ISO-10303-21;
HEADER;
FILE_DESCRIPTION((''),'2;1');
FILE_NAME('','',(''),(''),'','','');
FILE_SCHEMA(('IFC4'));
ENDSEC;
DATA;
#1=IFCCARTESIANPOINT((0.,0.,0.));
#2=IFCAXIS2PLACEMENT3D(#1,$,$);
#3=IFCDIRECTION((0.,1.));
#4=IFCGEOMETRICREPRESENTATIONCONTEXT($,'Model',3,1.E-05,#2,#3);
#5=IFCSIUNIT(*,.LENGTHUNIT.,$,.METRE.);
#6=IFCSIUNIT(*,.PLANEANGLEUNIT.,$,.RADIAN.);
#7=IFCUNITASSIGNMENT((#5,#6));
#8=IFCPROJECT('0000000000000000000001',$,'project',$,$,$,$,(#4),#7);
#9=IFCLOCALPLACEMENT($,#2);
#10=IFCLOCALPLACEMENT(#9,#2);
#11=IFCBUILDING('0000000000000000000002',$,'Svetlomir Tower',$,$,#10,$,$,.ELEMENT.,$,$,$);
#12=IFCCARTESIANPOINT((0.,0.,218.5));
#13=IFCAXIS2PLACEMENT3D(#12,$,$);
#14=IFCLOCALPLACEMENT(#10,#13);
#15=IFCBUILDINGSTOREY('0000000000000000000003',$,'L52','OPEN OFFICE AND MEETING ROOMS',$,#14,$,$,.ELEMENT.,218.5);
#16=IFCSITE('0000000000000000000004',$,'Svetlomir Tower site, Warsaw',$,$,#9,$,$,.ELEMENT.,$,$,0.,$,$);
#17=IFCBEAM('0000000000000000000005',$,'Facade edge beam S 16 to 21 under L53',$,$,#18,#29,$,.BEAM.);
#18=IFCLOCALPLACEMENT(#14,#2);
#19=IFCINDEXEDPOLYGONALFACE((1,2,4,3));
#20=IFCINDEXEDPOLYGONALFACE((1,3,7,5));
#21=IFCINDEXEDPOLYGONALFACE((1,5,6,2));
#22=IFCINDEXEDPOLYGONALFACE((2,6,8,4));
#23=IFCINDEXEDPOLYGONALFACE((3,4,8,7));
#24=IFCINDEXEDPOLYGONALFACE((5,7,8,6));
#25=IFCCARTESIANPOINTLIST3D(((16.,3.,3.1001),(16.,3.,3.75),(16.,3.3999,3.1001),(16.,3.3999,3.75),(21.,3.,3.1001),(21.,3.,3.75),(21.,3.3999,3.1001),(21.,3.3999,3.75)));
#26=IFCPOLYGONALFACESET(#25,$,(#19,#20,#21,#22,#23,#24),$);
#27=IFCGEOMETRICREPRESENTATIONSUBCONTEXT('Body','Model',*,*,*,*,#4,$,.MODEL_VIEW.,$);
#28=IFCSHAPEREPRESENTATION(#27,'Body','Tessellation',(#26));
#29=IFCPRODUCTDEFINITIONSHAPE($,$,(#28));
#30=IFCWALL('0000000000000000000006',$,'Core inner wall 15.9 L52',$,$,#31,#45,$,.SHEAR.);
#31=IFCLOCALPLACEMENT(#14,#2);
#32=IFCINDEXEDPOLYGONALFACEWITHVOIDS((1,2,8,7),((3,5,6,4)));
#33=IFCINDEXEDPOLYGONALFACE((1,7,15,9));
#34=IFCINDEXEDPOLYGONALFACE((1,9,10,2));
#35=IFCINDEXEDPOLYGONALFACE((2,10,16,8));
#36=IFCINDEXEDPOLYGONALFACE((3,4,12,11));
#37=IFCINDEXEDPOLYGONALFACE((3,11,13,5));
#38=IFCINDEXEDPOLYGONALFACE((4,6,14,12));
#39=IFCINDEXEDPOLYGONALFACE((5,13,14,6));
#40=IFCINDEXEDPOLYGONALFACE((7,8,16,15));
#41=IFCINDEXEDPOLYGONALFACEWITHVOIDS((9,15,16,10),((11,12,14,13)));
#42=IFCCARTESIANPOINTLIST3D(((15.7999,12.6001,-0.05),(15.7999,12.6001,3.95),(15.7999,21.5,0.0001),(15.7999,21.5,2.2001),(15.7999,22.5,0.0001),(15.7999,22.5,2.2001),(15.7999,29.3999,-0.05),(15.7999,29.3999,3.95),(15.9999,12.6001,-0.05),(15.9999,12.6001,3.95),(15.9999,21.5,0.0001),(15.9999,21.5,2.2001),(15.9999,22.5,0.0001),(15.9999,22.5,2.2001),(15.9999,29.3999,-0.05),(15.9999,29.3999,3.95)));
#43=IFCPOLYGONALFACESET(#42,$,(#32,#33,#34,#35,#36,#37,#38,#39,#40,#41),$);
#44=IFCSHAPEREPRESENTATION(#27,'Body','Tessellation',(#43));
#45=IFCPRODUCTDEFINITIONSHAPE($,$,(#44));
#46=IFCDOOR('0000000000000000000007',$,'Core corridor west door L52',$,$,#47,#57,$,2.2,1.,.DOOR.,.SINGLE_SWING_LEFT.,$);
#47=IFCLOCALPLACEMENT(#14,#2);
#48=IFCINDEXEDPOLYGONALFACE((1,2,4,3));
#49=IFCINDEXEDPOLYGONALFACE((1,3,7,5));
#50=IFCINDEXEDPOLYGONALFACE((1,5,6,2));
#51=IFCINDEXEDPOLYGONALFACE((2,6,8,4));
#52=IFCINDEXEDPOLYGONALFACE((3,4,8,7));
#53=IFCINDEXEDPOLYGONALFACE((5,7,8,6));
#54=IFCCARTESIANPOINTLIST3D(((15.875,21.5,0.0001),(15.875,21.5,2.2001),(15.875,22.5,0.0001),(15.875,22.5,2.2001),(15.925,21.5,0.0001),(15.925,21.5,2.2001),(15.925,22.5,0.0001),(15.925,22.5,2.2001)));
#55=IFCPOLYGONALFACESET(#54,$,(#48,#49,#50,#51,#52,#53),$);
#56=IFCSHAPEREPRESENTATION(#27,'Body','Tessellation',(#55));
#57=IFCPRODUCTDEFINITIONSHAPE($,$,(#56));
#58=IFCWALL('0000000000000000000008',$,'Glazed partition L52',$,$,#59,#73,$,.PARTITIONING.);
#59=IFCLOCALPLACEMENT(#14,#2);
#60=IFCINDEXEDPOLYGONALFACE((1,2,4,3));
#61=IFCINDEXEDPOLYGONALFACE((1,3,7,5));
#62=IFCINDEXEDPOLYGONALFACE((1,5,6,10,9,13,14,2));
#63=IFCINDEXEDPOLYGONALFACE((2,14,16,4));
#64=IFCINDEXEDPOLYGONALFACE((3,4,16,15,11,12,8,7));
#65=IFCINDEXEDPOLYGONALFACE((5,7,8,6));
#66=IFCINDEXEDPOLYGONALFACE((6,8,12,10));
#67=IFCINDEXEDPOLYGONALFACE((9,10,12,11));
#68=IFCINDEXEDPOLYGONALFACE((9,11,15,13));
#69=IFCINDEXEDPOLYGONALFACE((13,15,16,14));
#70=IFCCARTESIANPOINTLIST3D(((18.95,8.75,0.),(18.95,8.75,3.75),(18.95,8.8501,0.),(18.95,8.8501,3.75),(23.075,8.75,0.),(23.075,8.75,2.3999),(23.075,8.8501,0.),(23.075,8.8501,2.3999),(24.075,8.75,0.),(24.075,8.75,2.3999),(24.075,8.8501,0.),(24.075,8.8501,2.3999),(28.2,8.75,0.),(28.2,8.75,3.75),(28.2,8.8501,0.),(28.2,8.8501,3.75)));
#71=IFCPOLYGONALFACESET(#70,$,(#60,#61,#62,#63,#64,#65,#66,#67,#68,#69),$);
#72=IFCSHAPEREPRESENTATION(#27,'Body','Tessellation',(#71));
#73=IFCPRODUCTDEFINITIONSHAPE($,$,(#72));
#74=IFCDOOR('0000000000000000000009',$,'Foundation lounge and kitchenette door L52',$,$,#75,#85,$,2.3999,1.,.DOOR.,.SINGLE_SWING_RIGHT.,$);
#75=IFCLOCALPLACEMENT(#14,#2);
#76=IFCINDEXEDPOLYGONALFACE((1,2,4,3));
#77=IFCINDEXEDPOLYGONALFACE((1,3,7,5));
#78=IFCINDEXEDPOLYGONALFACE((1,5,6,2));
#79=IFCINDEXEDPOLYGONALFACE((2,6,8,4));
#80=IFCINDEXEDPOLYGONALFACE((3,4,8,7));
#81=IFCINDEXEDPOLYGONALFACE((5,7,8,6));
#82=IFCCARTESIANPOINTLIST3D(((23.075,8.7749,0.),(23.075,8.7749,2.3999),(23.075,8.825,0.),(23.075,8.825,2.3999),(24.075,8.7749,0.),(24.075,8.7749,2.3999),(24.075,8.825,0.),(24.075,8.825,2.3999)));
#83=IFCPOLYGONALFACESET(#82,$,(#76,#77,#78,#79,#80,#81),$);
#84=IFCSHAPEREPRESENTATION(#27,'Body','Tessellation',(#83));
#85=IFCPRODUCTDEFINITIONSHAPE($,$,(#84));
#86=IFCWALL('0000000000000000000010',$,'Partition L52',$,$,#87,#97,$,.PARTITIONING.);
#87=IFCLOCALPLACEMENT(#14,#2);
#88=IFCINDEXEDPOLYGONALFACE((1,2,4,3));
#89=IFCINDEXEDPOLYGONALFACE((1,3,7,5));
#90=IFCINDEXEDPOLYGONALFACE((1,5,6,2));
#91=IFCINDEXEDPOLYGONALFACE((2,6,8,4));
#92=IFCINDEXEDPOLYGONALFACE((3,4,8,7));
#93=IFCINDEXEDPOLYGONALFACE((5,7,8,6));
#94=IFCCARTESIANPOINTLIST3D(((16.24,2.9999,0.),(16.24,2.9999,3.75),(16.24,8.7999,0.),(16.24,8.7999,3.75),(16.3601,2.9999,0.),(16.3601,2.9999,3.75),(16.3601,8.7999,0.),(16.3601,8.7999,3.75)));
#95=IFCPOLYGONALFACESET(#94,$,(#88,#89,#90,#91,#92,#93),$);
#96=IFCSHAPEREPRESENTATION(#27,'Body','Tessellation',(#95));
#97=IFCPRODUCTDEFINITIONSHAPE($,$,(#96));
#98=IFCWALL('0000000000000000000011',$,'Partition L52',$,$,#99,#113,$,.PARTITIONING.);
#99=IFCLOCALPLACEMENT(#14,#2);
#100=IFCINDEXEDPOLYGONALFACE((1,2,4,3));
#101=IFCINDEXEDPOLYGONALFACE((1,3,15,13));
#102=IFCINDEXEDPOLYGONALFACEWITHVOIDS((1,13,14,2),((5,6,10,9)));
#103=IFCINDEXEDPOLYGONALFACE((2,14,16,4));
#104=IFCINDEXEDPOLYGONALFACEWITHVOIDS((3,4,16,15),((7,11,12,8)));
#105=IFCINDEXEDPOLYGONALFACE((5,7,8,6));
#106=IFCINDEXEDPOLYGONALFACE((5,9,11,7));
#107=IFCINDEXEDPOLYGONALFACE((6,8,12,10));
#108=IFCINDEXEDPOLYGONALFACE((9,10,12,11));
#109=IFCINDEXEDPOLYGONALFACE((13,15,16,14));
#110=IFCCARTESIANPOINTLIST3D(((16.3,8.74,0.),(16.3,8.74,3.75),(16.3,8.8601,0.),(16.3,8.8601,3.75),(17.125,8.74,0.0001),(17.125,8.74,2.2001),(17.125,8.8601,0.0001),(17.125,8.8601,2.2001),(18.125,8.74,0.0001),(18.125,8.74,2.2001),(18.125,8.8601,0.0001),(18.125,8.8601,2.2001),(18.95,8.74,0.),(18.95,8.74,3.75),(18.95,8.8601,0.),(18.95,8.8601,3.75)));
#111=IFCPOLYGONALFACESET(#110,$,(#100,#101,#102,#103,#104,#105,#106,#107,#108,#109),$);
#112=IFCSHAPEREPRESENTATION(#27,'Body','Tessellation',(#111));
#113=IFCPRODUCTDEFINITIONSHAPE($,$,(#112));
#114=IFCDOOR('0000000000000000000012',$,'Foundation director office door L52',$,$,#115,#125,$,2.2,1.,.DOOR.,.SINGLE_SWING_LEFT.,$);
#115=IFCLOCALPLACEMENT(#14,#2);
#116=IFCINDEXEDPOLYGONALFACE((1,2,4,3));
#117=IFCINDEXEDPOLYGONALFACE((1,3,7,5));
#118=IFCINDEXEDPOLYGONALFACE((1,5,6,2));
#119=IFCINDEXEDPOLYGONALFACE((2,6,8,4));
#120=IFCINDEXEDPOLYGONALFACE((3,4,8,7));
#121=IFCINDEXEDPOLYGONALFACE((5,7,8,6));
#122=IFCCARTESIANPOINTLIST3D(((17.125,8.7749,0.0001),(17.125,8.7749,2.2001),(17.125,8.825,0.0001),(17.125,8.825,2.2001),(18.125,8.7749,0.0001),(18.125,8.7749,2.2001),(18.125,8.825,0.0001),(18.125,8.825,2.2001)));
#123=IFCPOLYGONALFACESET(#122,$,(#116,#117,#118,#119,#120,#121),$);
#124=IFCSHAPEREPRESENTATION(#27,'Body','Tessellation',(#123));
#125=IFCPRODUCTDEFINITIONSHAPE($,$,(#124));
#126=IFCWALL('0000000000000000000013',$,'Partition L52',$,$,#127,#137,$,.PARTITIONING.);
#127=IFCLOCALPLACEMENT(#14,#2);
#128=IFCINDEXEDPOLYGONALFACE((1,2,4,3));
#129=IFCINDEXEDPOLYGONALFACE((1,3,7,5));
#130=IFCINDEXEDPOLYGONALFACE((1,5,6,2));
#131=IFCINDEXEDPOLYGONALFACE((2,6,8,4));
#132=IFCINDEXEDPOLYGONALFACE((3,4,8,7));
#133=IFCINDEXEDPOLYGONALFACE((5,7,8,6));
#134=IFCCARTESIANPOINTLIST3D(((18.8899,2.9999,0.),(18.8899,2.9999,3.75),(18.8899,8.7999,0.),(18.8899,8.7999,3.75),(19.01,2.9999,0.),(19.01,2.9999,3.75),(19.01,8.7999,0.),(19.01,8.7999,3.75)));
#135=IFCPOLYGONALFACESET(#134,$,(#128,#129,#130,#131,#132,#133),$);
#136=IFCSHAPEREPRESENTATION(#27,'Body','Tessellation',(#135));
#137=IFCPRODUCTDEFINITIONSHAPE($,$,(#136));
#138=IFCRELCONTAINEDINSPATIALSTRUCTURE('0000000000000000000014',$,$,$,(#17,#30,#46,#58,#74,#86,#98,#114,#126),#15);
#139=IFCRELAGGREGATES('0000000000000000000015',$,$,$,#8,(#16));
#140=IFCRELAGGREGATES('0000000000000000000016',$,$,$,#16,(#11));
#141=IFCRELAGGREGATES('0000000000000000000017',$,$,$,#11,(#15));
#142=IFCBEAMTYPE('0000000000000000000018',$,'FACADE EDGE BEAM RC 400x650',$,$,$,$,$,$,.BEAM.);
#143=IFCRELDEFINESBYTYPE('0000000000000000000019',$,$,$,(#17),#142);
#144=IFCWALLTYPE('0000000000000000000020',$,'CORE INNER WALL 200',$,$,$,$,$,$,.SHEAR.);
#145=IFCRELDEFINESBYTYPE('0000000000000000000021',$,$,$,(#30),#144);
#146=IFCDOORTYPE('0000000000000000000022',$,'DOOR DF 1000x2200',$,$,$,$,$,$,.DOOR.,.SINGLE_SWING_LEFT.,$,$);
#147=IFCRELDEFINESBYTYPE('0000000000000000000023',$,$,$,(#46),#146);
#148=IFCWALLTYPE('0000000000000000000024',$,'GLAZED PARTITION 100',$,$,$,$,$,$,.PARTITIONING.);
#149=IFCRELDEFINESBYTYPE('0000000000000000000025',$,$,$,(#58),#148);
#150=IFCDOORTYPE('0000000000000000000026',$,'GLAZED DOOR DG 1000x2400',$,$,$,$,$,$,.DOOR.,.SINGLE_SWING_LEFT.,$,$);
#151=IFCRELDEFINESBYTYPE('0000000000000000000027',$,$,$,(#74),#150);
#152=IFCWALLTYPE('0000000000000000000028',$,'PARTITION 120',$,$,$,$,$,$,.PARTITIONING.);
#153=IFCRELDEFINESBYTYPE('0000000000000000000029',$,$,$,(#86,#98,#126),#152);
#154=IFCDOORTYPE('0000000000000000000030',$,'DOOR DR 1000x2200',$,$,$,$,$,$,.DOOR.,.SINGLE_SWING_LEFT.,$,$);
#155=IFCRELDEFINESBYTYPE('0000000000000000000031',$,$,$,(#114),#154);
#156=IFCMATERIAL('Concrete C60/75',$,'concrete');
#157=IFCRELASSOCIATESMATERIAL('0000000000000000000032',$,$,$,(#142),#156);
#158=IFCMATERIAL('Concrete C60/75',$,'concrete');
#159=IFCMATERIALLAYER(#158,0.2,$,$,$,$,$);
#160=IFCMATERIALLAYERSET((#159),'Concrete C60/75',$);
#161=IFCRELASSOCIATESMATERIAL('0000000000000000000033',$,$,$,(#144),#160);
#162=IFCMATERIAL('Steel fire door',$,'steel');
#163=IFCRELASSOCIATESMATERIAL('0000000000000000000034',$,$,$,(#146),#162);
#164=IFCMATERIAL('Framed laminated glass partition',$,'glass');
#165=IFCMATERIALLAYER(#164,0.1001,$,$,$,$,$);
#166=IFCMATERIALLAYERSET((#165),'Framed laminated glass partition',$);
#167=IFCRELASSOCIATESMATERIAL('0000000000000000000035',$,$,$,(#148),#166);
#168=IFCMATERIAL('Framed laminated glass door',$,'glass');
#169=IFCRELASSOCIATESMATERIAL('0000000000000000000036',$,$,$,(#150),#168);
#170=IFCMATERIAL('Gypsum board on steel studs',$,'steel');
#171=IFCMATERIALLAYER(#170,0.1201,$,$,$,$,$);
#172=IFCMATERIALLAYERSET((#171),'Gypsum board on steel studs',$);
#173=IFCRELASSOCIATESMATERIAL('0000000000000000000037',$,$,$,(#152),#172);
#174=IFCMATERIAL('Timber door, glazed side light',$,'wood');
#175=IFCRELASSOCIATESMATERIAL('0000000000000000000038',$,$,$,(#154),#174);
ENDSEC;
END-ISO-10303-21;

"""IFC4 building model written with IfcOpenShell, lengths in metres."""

from ifc_helpers import new_model, si_unit, direction, frame, frame_2d, origin, origin_2d, place, context, subcontext, project, spatial, rectangle, extrude, material, layer, layer_set, material_profile, profile_set, type_object, element, fill, save


model = new_model("IFC4")

# Units and contexts
model_context = context("Model", 3, precision=1e-05, world=origin(), true_north=direction((0.0, 1.0)))
body_context = subcontext(model_context, "Body", "Model", "MODEL_VIEW")
ifc_project = project(units=[si_unit("LENGTHUNIT", "METRE"), si_unit("PLANEANGLEUNIT", "RADIAN")], contexts=[model_context])

# Site, building, storey
site_placement = place(None, origin())
site = spatial("IfcSite", under=ifc_project, at=site_placement, Name="Svetlomir Tower site, Warsaw", CompositionType="ELEMENT", RefElevation=0.0)
building_placement = place(site_placement, origin())
building = spatial("IfcBuilding", under=site, at=building_placement, Name="Svetlomir Tower", CompositionType="ELEMENT")
storey_placement = place(building_placement, frame((0.0, 0.0, 218.5)))
storey = spatial("IfcBuildingStorey", under=building, at=storey_placement, Name="L52", Description="OPEN OFFICE AND MEETING ROOMS", CompositionType="ELEMENT", Elevation=218.5)

# Beam
ifc_material_1 = material(Name="Concrete C60/75", Category="concrete")
ifc_material_profile = material_profile(ifc_material_1, rectangle(XDim=0.3999, YDim=0.6499, at=origin_2d()), Name="RC 400x650")
ifc_profile_set = profile_set([ifc_material_profile], Name="Concrete C60/75")
beam_type = type_object("IfcBeamType", Name="FACADE EDGE BEAM RC 400x650", PredefinedType="BEAM", material=ifc_profile_set)
beam_placement = place(storey_placement, frame((16.0, 3.2, 3.425), z_axis=(1.0, 0.0, 0.0), x_axis=(0.0, 1.0, 0.0)))
element("IfcBeam", 1, at=beam_placement, inside=storey, type_object=beam_type, Name="Facade edge beam S 16 to 21 under L53", PredefinedType="BEAM", context=body_context, shape_type="SweptSolid", body=[
    extrude(rectangle(XDim=0.3999, YDim=0.6499, at=origin_2d()), origin(), (0.0, 0.0, 1.0), 5.0),
])

# Walls, openings, doors
ifc_material_2 = material(Name="Concrete C60/75", Category="concrete")
ifc_layer_1 = layer(ifc_material_2, 0.2)
ifc_layer_set_1 = layer_set([ifc_layer_1], Name="Concrete C60/75")
wall_type_1 = type_object("IfcWallType", Name="CORE INNER WALL 200", PredefinedType="SHEAR", material=ifc_layer_set_1)
wall_1_placement = place(storey_placement, frame((15.8999, 12.6001, -0.05), z_axis=(0.0, 0.0, 1.0), x_axis=(0.0, 1.0, 0.0)))
wall_1 = element("IfcWall", 2, at=wall_1_placement, inside=storey, type_object=wall_type_1, Name="Core inner wall 15.9 L52", PredefinedType="SHEAR", context=body_context, shape_type="SweptSolid", body=[
    extrude(rectangle(XDim=16.7998, YDim=0.2, at=frame_2d((8.3999, 0.0))), origin(), (0.0, 0.0, 1.0), 4.0),
])
opening_1_placement = place(wall_1_placement, frame((8.8999, 0.0, 0.05)))
opening_1 = element("IfcOpeningElement", 3, at=opening_1_placement, cuts=wall_1, PredefinedType="OPENING", context=body_context, shape_type="SweptSolid", body=[
    extrude(rectangle(XDim=1.0, YDim=2.2, at=frame_2d((0.5, 1.1001))), frame((0.0, 0.1099, 0.0), z_axis=(0.0, -1.0, 0.0), x_axis=(1.0, 0.0, 0.0)), (0.0, 0.0, 1.0), 0.22),
])
ifc_material_3 = material(Name="Steel fire door", Category="steel")
door_type_1 = type_object("IfcDoorType", Name="DOOR DF 1000x2200", OperationType="SINGLE_SWING_LEFT", PredefinedType="DOOR", material=ifc_material_3)
door_1_placement = place(opening_1_placement, origin())
door_1 = element("IfcDoor", 4, at=door_1_placement, inside=storey, type_object=door_type_1, Name="Core corridor west door L52", OperationType="SINGLE_SWING_LEFT", OverallHeight=2.2, OverallWidth=1.0, PredefinedType="DOOR", context=body_context, shape_type="SweptSolid", body=[
    extrude(rectangle(XDim=1.0, YDim=2.2, at=frame_2d((0.5, 1.1001))), frame((0.0, 0.0249, 0.0), z_axis=(0.0, -1.0, 0.0), x_axis=(1.0, 0.0, 0.0)), (0.0, 0.0, 1.0), 0.05),
])
fill(opening_1, door_1)
ifc_material_4 = material(Name="Framed laminated glass partition", Category="glass")
ifc_layer_2 = layer(ifc_material_4, 0.1001)
ifc_layer_set_2 = layer_set([ifc_layer_2], Name="Framed laminated glass partition")
wall_type_2 = type_object("IfcWallType", Name="GLAZED PARTITION 100", PredefinedType="PARTITIONING", material=ifc_layer_set_2)
wall_2_placement = place(storey_placement, frame((18.95, 8.8, 0.0), z_axis=(0.0, 0.0, 1.0), x_axis=(1.0, 0.0, 0.0)))
wall_2 = element("IfcWall", 5, at=wall_2_placement, inside=storey, type_object=wall_type_2, Name="Glazed partition L52", PredefinedType="PARTITIONING", context=body_context, shape_type="SweptSolid", body=[
    extrude(rectangle(XDim=9.25, YDim=0.1001, at=frame_2d((4.625, 0.0))), origin(), (0.0, 0.0, 1.0), 3.75),
])
opening_2_placement = place(wall_2_placement, frame((4.125, 0.0, 0.0)))
opening_2 = element("IfcOpeningElement", 6, at=opening_2_placement, cuts=wall_2, PredefinedType="OPENING", context=body_context, shape_type="SweptSolid", body=[
    extrude(rectangle(XDim=1.0, YDim=2.3999, at=frame_2d((0.5, 1.2))), frame((0.0, 0.0601, 0.0), z_axis=(0.0, -1.0, 0.0), x_axis=(1.0, 0.0, 0.0)), (0.0, 0.0, 1.0), 0.1201),
])
ifc_material_5 = material(Name="Framed laminated glass door", Category="glass")
door_type_2 = type_object("IfcDoorType", Name="GLAZED DOOR DG 1000x2400", OperationType="SINGLE_SWING_LEFT", PredefinedType="DOOR", material=ifc_material_5)
door_2_placement = place(opening_2_placement, origin())
door_2 = element("IfcDoor", 7, at=door_2_placement, inside=storey, type_object=door_type_2, Name="Foundation lounge and kitchenette door L52", OperationType="SINGLE_SWING_RIGHT", OverallHeight=2.3999, OverallWidth=1.0, PredefinedType="DOOR", context=body_context, shape_type="SweptSolid", body=[
    extrude(rectangle(XDim=1.0, YDim=2.3999, at=frame_2d((0.5, 1.2))), frame((0.0, 0.0249, 0.0), z_axis=(0.0, -1.0, 0.0), x_axis=(1.0, 0.0, 0.0)), (0.0, 0.0, 1.0), 0.05),
])
fill(opening_2, door_2)

# Wall
ifc_material_6 = material(Name="Gypsum board on steel studs", Category="steel")
ifc_layer_3 = layer(ifc_material_6, 0.1201)
ifc_layer_set_3 = layer_set([ifc_layer_3], Name="Gypsum board on steel studs")
wall_type_3 = type_object("IfcWallType", Name="PARTITION 120", PredefinedType="PARTITIONING", material=ifc_layer_set_3)
wall_3_placement = place(storey_placement, frame((16.3, 3.0, 0.0), z_axis=(0.0, 0.0, 1.0), x_axis=(0.0, 1.0, 0.0)))
element("IfcWall", 8, at=wall_3_placement, inside=storey, type_object=wall_type_3, Name="Partition L52", PredefinedType="PARTITIONING", context=body_context, shape_type="SweptSolid", body=[
    extrude(rectangle(XDim=5.8, YDim=0.1201, at=frame_2d((2.8999, 0.0))), origin(), (0.0, 0.0, 1.0), 3.75),
])

# Wall, opening, door
wall_4_placement = place(storey_placement, frame((16.3, 8.8, 0.0), z_axis=(0.0, 0.0, 1.0), x_axis=(1.0, 0.0, 0.0)))
wall_4 = element("IfcWall", 9, at=wall_4_placement, inside=storey, type_object=wall_type_3, Name="Partition L52", PredefinedType="PARTITIONING", context=body_context, shape_type="SweptSolid", body=[
    extrude(rectangle(XDim=2.6499, YDim=0.1201, at=frame_2d((1.325, 0.0))), origin(), (0.0, 0.0, 1.0), 3.75),
])
opening_3_placement = place(wall_4_placement, frame((0.825, 0.0, 0.0)))
opening_3 = element("IfcOpeningElement", 10, at=opening_3_placement, cuts=wall_4, PredefinedType="OPENING", context=body_context, shape_type="SweptSolid", body=[
    extrude(rectangle(XDim=1.0, YDim=2.2, at=frame_2d((0.5, 1.1001))), frame((0.0, 0.0701, 0.0), z_axis=(0.0, -1.0, 0.0), x_axis=(1.0, 0.0, 0.0)), (0.0, 0.0, 1.0), 0.1401),
])
ifc_material_7 = material(Name="Timber door, glazed side light", Category="wood")
door_type_3 = type_object("IfcDoorType", Name="DOOR DR 1000x2200", OperationType="SINGLE_SWING_LEFT", PredefinedType="DOOR", material=ifc_material_7)
door_3_placement = place(opening_3_placement, origin())
door_3 = element("IfcDoor", 11, at=door_3_placement, inside=storey, type_object=door_type_3, Name="Foundation director office door L52", OperationType="SINGLE_SWING_LEFT", OverallHeight=2.2, OverallWidth=1.0, PredefinedType="DOOR", context=body_context, shape_type="SweptSolid", body=[
    extrude(rectangle(XDim=1.0, YDim=2.2, at=frame_2d((0.5, 1.1001))), frame((0.0, 0.0249, 0.0), z_axis=(0.0, -1.0, 0.0), x_axis=(1.0, 0.0, 0.0)), (0.0, 0.0, 1.0), 0.05),
])
fill(opening_3, door_3)

# Wall
wall_5_placement = place(storey_placement, frame((18.95, 3.0, 0.0), z_axis=(0.0, 0.0, 1.0), x_axis=(0.0, 1.0, 0.0)))
element("IfcWall", 12, at=wall_5_placement, inside=storey, type_object=wall_type_3, Name="Partition L52", PredefinedType="PARTITIONING", context=body_context, shape_type="SweptSolid", body=[
    extrude(rectangle(XDim=5.8, YDim=0.1201, at=frame_2d((2.8999, 0.0))), origin(), (0.0, 0.0, 1.0), 3.75),
])

save(model, "model.ifc")
